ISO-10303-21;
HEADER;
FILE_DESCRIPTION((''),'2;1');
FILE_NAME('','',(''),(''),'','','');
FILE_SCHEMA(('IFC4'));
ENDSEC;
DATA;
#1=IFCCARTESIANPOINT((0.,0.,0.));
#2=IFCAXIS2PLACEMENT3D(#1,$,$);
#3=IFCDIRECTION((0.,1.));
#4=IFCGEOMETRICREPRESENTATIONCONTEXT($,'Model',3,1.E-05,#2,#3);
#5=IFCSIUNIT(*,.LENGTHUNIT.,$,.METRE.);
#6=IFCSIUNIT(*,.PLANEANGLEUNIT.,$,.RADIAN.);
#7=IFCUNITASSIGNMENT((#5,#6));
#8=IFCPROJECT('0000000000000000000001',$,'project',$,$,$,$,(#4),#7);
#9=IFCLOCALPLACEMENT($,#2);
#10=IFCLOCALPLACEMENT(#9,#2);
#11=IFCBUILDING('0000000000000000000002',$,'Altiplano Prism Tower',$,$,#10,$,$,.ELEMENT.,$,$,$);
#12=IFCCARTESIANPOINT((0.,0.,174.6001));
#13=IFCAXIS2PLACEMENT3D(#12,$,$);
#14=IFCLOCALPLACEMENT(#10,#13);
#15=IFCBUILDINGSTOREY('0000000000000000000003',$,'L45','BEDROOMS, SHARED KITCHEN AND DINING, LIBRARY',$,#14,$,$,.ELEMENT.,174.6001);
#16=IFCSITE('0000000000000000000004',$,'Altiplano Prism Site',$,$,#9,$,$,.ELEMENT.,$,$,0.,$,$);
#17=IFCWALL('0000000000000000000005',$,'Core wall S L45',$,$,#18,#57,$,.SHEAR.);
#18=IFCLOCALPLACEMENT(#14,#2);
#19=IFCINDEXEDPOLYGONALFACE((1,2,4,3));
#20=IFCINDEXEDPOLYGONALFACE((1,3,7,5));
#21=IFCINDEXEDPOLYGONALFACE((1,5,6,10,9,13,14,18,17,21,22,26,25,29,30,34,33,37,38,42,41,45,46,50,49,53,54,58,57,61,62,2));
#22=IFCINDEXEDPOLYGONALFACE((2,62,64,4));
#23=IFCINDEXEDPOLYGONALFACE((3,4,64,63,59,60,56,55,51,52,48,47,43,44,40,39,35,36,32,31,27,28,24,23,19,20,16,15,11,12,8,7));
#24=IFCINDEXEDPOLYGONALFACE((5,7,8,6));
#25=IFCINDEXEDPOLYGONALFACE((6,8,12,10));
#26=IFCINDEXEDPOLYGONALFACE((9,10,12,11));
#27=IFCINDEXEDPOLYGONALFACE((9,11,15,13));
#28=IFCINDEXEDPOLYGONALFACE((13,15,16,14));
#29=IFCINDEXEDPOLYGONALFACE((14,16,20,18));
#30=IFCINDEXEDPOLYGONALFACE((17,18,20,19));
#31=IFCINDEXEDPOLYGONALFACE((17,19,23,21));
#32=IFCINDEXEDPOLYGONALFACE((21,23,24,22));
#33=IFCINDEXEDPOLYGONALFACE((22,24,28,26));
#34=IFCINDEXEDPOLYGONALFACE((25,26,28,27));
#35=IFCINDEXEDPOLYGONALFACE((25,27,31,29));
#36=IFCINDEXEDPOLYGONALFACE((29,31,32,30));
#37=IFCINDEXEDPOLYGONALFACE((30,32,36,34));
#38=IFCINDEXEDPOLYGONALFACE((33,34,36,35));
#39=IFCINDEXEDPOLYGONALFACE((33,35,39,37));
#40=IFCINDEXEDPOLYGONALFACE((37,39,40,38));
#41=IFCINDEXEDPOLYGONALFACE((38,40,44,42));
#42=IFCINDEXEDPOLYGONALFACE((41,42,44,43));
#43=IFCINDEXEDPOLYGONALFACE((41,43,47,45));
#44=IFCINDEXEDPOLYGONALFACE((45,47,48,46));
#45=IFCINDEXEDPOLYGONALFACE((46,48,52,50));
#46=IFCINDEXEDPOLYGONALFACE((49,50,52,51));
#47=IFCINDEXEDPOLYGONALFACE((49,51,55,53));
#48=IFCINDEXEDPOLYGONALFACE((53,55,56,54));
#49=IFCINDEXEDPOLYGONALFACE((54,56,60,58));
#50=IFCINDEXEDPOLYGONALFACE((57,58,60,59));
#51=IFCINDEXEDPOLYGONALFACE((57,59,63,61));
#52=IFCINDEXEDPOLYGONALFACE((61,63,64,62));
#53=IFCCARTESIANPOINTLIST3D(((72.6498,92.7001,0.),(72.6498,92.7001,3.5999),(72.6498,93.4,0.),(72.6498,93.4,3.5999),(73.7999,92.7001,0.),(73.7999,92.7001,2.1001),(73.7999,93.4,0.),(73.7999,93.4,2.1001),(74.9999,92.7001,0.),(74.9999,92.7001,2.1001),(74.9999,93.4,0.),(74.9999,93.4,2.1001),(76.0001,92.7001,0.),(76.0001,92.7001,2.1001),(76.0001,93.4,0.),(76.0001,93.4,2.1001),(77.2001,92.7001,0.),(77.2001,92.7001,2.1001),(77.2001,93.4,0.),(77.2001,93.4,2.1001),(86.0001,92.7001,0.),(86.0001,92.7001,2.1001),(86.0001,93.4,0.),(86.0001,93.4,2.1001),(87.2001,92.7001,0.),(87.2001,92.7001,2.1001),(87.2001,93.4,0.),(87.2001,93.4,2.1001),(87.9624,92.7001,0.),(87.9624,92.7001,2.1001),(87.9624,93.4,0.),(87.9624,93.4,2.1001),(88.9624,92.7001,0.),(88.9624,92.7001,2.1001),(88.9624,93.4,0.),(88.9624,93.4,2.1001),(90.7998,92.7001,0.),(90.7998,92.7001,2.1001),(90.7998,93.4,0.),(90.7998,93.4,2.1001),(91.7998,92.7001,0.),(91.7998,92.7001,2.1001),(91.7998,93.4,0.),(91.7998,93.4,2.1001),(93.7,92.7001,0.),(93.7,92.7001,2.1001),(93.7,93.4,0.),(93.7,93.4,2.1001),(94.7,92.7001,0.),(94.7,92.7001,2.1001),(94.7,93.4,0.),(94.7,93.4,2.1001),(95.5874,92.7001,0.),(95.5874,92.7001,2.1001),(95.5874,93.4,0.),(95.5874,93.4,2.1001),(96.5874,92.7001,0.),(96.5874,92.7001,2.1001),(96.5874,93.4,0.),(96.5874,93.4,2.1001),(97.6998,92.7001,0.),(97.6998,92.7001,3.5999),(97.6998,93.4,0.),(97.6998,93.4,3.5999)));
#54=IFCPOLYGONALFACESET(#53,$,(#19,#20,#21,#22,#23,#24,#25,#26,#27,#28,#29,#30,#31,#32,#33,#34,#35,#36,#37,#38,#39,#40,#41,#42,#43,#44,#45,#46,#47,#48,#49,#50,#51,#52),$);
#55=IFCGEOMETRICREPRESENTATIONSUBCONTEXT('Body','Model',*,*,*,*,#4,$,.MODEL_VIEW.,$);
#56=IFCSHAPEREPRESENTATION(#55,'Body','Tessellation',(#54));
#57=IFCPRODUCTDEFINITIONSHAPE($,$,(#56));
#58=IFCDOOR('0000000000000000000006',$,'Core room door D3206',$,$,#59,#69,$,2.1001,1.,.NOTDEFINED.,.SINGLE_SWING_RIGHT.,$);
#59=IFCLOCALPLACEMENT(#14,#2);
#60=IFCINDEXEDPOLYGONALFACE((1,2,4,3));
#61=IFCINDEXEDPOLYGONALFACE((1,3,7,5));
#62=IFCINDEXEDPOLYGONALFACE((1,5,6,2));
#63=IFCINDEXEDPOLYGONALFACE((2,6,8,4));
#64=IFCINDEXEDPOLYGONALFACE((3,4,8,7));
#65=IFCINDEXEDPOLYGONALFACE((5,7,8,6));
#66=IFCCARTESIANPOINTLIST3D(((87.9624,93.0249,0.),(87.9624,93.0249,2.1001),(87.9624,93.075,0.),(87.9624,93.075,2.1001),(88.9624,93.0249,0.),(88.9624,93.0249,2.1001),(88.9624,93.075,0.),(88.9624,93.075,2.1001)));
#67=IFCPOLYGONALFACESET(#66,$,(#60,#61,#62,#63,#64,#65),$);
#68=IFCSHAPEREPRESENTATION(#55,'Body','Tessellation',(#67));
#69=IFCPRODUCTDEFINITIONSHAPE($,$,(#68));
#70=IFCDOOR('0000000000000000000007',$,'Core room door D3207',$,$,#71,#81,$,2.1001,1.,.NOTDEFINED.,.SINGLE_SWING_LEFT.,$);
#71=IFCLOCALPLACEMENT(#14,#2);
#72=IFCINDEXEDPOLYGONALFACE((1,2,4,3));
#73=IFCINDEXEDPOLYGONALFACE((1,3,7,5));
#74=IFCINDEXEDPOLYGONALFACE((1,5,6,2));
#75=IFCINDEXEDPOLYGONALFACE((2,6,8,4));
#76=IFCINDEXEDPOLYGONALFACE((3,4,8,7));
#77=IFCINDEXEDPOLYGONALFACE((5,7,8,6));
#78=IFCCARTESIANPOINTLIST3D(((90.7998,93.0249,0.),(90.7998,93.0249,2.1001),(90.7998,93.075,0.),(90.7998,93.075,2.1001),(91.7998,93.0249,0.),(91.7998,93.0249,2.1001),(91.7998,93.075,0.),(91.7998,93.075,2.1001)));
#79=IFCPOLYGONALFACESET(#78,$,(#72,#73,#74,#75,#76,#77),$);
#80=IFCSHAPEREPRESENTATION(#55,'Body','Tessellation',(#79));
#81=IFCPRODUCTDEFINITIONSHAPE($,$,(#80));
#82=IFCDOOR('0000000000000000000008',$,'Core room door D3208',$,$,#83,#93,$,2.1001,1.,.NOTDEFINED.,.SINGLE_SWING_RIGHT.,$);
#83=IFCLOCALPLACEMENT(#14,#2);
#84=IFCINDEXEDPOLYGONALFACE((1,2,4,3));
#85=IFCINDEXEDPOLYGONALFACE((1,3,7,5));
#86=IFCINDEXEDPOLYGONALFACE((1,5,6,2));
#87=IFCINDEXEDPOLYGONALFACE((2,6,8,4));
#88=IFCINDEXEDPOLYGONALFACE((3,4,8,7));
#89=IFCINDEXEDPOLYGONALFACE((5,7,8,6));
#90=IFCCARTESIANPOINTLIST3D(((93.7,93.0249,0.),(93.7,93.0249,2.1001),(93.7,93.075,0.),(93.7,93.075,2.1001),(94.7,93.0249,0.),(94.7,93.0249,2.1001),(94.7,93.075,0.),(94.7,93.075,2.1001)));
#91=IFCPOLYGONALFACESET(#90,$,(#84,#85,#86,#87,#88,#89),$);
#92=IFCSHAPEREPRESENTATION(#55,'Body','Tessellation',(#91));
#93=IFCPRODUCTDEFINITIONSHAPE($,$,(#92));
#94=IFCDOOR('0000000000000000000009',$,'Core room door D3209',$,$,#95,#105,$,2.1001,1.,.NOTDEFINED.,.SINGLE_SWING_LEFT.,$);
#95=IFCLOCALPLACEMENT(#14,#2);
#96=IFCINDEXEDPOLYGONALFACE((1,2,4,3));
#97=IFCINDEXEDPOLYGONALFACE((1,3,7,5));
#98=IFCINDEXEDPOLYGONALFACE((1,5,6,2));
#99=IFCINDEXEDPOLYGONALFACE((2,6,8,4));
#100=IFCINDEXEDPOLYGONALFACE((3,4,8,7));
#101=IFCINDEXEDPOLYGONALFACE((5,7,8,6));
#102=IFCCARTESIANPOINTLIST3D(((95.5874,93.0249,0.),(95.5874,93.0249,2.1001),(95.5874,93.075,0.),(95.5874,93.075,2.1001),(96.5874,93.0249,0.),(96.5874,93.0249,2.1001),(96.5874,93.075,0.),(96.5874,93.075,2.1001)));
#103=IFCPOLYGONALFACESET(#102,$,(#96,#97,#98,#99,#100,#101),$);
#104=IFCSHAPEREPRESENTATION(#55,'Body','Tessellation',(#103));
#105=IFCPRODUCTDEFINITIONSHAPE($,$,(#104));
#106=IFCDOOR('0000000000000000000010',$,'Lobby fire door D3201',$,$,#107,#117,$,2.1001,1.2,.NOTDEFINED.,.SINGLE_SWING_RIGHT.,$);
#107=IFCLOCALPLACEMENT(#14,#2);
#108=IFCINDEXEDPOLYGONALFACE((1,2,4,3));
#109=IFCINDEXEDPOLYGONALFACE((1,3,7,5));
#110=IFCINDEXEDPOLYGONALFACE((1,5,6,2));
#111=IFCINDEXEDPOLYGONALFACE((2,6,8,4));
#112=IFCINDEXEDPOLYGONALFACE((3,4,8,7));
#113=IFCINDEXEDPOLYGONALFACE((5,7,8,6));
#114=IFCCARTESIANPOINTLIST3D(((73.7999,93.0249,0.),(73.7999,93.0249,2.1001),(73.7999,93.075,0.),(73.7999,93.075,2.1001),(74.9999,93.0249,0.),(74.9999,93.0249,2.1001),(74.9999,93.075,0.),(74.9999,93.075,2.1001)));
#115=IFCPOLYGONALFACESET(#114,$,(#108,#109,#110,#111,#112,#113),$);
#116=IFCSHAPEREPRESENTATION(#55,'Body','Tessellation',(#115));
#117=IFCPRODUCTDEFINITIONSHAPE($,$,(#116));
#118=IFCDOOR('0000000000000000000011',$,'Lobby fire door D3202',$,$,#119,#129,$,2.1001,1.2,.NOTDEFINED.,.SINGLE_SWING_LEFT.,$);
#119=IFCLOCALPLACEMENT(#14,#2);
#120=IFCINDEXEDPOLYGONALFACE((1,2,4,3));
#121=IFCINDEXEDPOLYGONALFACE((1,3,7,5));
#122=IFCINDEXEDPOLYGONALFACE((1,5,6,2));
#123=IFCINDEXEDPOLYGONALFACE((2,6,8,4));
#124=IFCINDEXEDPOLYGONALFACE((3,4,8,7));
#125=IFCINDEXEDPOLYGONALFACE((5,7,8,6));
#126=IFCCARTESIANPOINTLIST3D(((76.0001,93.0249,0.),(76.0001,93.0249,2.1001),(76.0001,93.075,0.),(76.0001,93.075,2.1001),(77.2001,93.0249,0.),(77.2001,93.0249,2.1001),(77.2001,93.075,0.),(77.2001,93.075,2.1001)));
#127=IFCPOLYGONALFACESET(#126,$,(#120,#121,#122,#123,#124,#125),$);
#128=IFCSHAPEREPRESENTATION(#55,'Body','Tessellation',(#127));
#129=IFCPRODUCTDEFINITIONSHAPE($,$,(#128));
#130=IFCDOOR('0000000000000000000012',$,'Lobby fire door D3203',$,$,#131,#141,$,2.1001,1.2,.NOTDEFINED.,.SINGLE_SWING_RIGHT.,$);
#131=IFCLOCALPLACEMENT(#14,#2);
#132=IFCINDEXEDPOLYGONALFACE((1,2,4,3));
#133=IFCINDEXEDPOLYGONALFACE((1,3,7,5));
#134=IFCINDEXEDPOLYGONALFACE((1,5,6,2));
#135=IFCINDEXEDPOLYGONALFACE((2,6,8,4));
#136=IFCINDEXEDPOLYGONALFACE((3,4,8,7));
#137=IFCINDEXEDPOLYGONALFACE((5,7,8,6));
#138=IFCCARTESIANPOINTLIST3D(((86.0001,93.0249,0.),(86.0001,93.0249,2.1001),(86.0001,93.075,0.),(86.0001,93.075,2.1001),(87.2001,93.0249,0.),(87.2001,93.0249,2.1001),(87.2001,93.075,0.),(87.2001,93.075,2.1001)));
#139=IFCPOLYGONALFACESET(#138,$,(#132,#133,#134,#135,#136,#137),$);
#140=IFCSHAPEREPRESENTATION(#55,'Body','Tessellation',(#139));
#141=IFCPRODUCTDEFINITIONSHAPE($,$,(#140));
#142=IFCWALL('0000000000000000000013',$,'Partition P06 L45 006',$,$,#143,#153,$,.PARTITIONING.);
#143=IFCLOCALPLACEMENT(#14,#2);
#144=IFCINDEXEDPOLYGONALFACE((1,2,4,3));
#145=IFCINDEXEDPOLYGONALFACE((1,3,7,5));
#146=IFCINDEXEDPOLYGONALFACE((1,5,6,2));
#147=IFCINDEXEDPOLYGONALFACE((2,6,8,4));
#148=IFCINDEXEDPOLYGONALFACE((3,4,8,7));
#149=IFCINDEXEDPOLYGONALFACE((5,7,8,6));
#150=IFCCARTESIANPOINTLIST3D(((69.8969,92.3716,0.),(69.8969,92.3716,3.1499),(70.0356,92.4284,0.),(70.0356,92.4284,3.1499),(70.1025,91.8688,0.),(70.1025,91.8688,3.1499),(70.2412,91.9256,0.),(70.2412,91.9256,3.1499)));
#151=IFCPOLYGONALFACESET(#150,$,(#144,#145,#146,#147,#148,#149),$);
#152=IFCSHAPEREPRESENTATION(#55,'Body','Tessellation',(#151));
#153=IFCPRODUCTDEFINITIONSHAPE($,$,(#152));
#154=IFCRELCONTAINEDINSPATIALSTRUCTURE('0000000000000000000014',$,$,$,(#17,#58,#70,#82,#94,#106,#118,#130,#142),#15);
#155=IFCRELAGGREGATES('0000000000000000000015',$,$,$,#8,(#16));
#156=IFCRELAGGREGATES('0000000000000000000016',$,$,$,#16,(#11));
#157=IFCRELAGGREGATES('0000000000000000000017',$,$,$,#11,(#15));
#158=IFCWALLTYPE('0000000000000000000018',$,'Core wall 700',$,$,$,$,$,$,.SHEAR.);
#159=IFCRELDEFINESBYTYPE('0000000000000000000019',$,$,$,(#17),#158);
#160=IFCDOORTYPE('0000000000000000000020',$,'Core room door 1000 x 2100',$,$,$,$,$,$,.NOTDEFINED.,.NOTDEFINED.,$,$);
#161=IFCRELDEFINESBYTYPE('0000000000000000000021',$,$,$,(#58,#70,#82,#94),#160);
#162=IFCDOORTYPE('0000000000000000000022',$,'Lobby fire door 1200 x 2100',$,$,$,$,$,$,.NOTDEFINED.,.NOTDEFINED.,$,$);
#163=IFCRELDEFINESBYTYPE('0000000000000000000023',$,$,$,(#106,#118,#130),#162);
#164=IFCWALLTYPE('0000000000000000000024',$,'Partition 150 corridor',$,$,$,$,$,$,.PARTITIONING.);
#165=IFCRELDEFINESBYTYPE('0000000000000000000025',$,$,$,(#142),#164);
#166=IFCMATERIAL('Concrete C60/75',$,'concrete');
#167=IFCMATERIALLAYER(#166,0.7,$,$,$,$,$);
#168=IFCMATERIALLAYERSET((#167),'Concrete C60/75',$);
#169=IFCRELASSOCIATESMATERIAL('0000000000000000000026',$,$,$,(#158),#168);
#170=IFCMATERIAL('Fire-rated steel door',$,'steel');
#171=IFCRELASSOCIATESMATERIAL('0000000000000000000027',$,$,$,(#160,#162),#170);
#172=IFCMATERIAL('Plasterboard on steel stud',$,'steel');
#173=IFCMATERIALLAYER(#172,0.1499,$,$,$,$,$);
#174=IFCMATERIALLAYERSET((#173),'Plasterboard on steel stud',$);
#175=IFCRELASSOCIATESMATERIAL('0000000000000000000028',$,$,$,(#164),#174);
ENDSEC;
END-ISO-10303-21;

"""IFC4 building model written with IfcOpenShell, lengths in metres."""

from ifc_helpers import new_model, si_unit, direction, frame, frame_2d, origin, place, context, subcontext, project, spatial, rectangle, extrude, material, layer, layer_set, type_object, element, fill, save


model = new_model("IFC4")

# Units and contexts
model_context = context("Model", 3, precision=1e-05, world=origin(), true_north=direction((0.0, 1.0)))
body_context = subcontext(model_context, "Body", "Model", "MODEL_VIEW")
ifc_project = project(units=[si_unit("LENGTHUNIT", "METRE"), si_unit("PLANEANGLEUNIT", "RADIAN")], contexts=[model_context])

# Site, building, storey
site_placement = place(None, origin())
site = spatial("IfcSite", under=ifc_project, at=site_placement, Name="Altiplano Prism Site", CompositionType="ELEMENT", RefElevation=0.0)
building_placement = place(site_placement, origin())
building = spatial("IfcBuilding", under=site, at=building_placement, Name="Altiplano Prism Tower", CompositionType="ELEMENT")
storey_placement = place(building_placement, frame((0.0, 0.0, 174.6001)))
storey = spatial("IfcBuildingStorey", under=building, at=storey_placement, Name="L45", Description="BEDROOMS, SHARED KITCHEN AND DINING, LIBRARY", CompositionType="ELEMENT", Elevation=174.6001)

# Shared definitions
ifc_material_1 = material(Name="Concrete C60/75", Category="concrete")

# Wall, openings, doors
ifc_layer_1 = layer(ifc_material_1, 0.7)
ifc_layer_set_1 = layer_set([ifc_layer_1], Name="Concrete C60/75")
wall_type_1 = type_object("IfcWallType", Name="Core wall 700", PredefinedType="SHEAR", material=ifc_layer_set_1)
wall_1_placement = place(storey_placement, frame((72.6499, 93.05, 0.0), z_axis=(0.0, 0.0, 1.0), x_axis=(1.0, 0.0, 0.0)))
wall_1 = element("IfcWall", 1, at=wall_1_placement, inside=storey, type_object=wall_type_1, Name="Core wall S L45", PredefinedType="SHEAR", context=body_context, shape_type="SweptSolid", body=[
    extrude(rectangle(XDim=25.05, YDim=0.7, at=frame_2d((12.5249, 0.0))), origin(), (0.0, 0.0, 1.0), 3.5999),
])
opening_1_placement = place(wall_1_placement, frame((1.1499, 0.0, 0.0)))
opening_1 = element("IfcOpeningElement", 2, at=opening_1_placement, cuts=wall_1, PredefinedType="OPENING", context=body_context, shape_type="SweptSolid", body=[
    extrude(rectangle(XDim=1.2, YDim=2.1001, at=frame_2d((0.6001, 1.05))), frame((0.0, 0.3604, 0.0), z_axis=(0.0, -1.0, 0.0), x_axis=(1.0, 0.0, 0.0)), (0.0, 0.0, 1.0), 0.7209),
])
opening_2_placement = place(wall_1_placement, frame((3.3501, 0.0, 0.0)))
opening_2 = element("IfcOpeningElement", 3, at=opening_2_placement, cuts=wall_1, PredefinedType="OPENING", context=body_context, shape_type="SweptSolid", body=[
    extrude(rectangle(XDim=1.2, YDim=2.1001, at=frame_2d((0.6001, 1.05))), frame((0.0, 0.3604, 0.0), z_axis=(0.0, -1.0, 0.0), x_axis=(1.0, 0.0, 0.0)), (0.0, 0.0, 1.0), 0.7209),
])
opening_3_placement = place(wall_1_placement, frame((13.3501, 0.0, 0.0)))
opening_3 = element("IfcOpeningElement", 4, at=opening_3_placement, cuts=wall_1, PredefinedType="OPENING", context=body_context, shape_type="SweptSolid", body=[
    extrude(rectangle(XDim=1.2, YDim=2.1001, at=frame_2d((0.6001, 1.05))), frame((0.0, 0.3604, 0.0), z_axis=(0.0, -1.0, 0.0), x_axis=(1.0, 0.0, 0.0)), (0.0, 0.0, 1.0), 0.7209),
])
opening_4_placement = place(wall_1_placement, frame((15.3125, 0.0, 0.0)))
opening_4 = element("IfcOpeningElement", 5, at=opening_4_placement, cuts=wall_1, PredefinedType="OPENING", context=body_context, shape_type="SweptSolid", body=[
    extrude(rectangle(XDim=1.0, YDim=2.1001, at=frame_2d((0.5, 1.05))), frame((0.0, 0.3604, 0.0), z_axis=(0.0, -1.0, 0.0), x_axis=(1.0, 0.0, 0.0)), (0.0, 0.0, 1.0), 0.7209),
])
opening_5_placement = place(wall_1_placement, frame((18.1499, 0.0, 0.0)))
opening_5 = element("IfcOpeningElement", 6, at=opening_5_placement, cuts=wall_1, PredefinedType="OPENING", context=body_context, shape_type="SweptSolid", body=[
    extrude(rectangle(XDim=1.0, YDim=2.1001, at=frame_2d((0.5, 1.05))), frame((0.0, 0.3604, 0.0), z_axis=(0.0, -1.0, 0.0), x_axis=(1.0, 0.0, 0.0)), (0.0, 0.0, 1.0), 0.7209),
])
opening_6_placement = place(wall_1_placement, frame((21.05, 0.0, 0.0)))
opening_6 = element("IfcOpeningElement", 7, at=opening_6_placement, cuts=wall_1, PredefinedType="OPENING", context=body_context, shape_type="SweptSolid", body=[
    extrude(rectangle(XDim=1.0, YDim=2.1001, at=frame_2d((0.5, 1.05))), frame((0.0, 0.3604, 0.0), z_axis=(0.0, -1.0, 0.0), x_axis=(1.0, 0.0, 0.0)), (0.0, 0.0, 1.0), 0.7209),
])
opening_7_placement = place(wall_1_placement, frame((22.9375, 0.0, 0.0)))
opening_7 = element("IfcOpeningElement", 8, at=opening_7_placement, cuts=wall_1, PredefinedType="OPENING", context=body_context, shape_type="SweptSolid", body=[
    extrude(rectangle(XDim=1.0, YDim=2.1001, at=frame_2d((0.5, 1.05))), frame((0.0, 0.3604, 0.0), z_axis=(0.0, -1.0, 0.0), x_axis=(1.0, 0.0, 0.0)), (0.0, 0.0, 1.0), 0.7209),
])
ifc_material_2 = material(Name="Fire-rated steel door", Category="steel")
door_type_1 = type_object("IfcDoorType", Name="Core room door 1000 x 2100", OperationType="NOTDEFINED", PredefinedType="NOTDEFINED", material=ifc_material_2)
door_1_placement = place(opening_4_placement, origin())
door_1 = element("IfcDoor", 9, at=door_1_placement, inside=storey, type_object=door_type_1, Name="Core room door D3206", OperationType="SINGLE_SWING_RIGHT", OverallHeight=2.1001, OverallWidth=1.0, PredefinedType="NOTDEFINED", context=body_context, shape_type="SweptSolid", body=[
    extrude(rectangle(XDim=1.0, YDim=2.1001, at=frame_2d((0.5, 1.05))), frame((0.0, 0.0249, 0.0), z_axis=(0.0, -1.0, 0.0), x_axis=(1.0, 0.0, 0.0)), (0.0, 0.0, 1.0), 0.05),
])
fill(opening_4, door_1)
door_2_placement = place(opening_5_placement, origin())
door_2 = element("IfcDoor", 10, at=door_2_placement, inside=storey, type_object=door_type_1, Name="Core room door D3207", OperationType="SINGLE_SWING_LEFT", OverallHeight=2.1001, OverallWidth=1.0, PredefinedType="NOTDEFINED", context=body_context, shape_type="SweptSolid", body=[
    extrude(rectangle(XDim=1.0, YDim=2.1001, at=frame_2d((0.5, 1.05))), frame((0.0, 0.0249, 0.0), z_axis=(0.0, -1.0, 0.0), x_axis=(1.0, 0.0, 0.0)), (0.0, 0.0, 1.0), 0.05),
])
fill(opening_5, door_2)
door_3_placement = place(opening_6_placement, origin())
door_3 = element("IfcDoor", 11, at=door_3_placement, inside=storey, type_object=door_type_1, Name="Core room door D3208", OperationType="SINGLE_SWING_RIGHT", OverallHeight=2.1001, OverallWidth=1.0, PredefinedType="NOTDEFINED", context=body_context, shape_type="SweptSolid", body=[
    extrude(rectangle(XDim=1.0, YDim=2.1001, at=frame_2d((0.5, 1.05))), frame((0.0, 0.0249, 0.0), z_axis=(0.0, -1.0, 0.0), x_axis=(1.0, 0.0, 0.0)), (0.0, 0.0, 1.0), 0.05),
])
fill(opening_6, door_3)
door_4_placement = place(opening_7_placement, origin())
door_4 = element("IfcDoor", 12, at=door_4_placement, inside=storey, type_object=door_type_1, Name="Core room door D3209", OperationType="SINGLE_SWING_LEFT", OverallHeight=2.1001, OverallWidth=1.0, PredefinedType="NOTDEFINED", context=body_context, shape_type="SweptSolid", body=[
    extrude(rectangle(XDim=1.0, YDim=2.1001, at=frame_2d((0.5, 1.05))), frame((0.0, 0.0249, 0.0), z_axis=(0.0, -1.0, 0.0), x_axis=(1.0, 0.0, 0.0)), (0.0, 0.0, 1.0), 0.05),
])
fill(opening_7, door_4)
door_type_2 = type_object("IfcDoorType", Name="Lobby fire door 1200 x 2100", OperationType="NOTDEFINED", PredefinedType="NOTDEFINED", material=ifc_material_2)
door_5_placement = place(opening_1_placement, origin())
door_5 = element("IfcDoor", 13, at=door_5_placement, inside=storey, type_object=door_type_2, Name="Lobby fire door D3201", OperationType="SINGLE_SWING_RIGHT", OverallHeight=2.1001, OverallWidth=1.2, PredefinedType="NOTDEFINED", context=body_context, shape_type="SweptSolid", body=[
    extrude(rectangle(XDim=1.2, YDim=2.1001, at=frame_2d((0.6001, 1.05))), frame((0.0, 0.0249, 0.0), z_axis=(0.0, -1.0, 0.0), x_axis=(1.0, 0.0, 0.0)), (0.0, 0.0, 1.0), 0.05),
])
fill(opening_1, door_5)
door_6_placement = place(opening_2_placement, origin())
door_6 = element("IfcDoor", 14, at=door_6_placement, inside=storey, type_object=door_type_2, Name="Lobby fire door D3202", OperationType="SINGLE_SWING_LEFT", OverallHeight=2.1001, OverallWidth=1.2, PredefinedType="NOTDEFINED", context=body_context, shape_type="SweptSolid", body=[
    extrude(rectangle(XDim=1.2, YDim=2.1001, at=frame_2d((0.6001, 1.05))), frame((0.0, 0.0249, 0.0), z_axis=(0.0, -1.0, 0.0), x_axis=(1.0, 0.0, 0.0)), (0.0, 0.0, 1.0), 0.05),
])
fill(opening_2, door_6)
door_7_placement = place(opening_3_placement, origin())
door_7 = element("IfcDoor", 15, at=door_7_placement, inside=storey, type_object=door_type_2, Name="Lobby fire door D3203", OperationType="SINGLE_SWING_RIGHT", OverallHeight=2.1001, OverallWidth=1.2, PredefinedType="NOTDEFINED", context=body_context, shape_type="SweptSolid", body=[
    extrude(rectangle(XDim=1.2, YDim=2.1001, at=frame_2d((0.6001, 1.05))), frame((0.0, 0.0249, 0.0), z_axis=(0.0, -1.0, 0.0), x_axis=(1.0, 0.0, 0.0)), (0.0, 0.0, 1.0), 0.05),
])
fill(opening_3, door_7)

# Wall
ifc_material_3 = material(Name="Plasterboard on steel stud", Category="steel")
ifc_layer_2 = layer(ifc_material_3, 0.1499)
ifc_layer_set_2 = layer_set([ifc_layer_2], Name="Plasterboard on steel stud")
wall_type_2 = type_object("IfcWallType", Name="Partition 150 corridor", PredefinedType="PARTITIONING", material=ifc_layer_set_2)
wall_2_placement = place(storey_placement, frame((69.9663, 92.3999, 0.0), z_axis=(0.0, 0.0, 1.0), x_axis=(0.37851, -0.925597, 0.0)))
element("IfcWall", 16, at=wall_2_placement, inside=storey, type_object=wall_type_2, Name="Partition P06 L45 006", PredefinedType="PARTITIONING", context=body_context, shape_type="SweptSolid", body=[
    extrude(rectangle(XDim=0.5432, YDim=0.1499, at=frame_2d((0.2715, 0.0))), origin(), (0.0, 0.0, 1.0), 3.1499),
])

save(model, "model.ifc")
